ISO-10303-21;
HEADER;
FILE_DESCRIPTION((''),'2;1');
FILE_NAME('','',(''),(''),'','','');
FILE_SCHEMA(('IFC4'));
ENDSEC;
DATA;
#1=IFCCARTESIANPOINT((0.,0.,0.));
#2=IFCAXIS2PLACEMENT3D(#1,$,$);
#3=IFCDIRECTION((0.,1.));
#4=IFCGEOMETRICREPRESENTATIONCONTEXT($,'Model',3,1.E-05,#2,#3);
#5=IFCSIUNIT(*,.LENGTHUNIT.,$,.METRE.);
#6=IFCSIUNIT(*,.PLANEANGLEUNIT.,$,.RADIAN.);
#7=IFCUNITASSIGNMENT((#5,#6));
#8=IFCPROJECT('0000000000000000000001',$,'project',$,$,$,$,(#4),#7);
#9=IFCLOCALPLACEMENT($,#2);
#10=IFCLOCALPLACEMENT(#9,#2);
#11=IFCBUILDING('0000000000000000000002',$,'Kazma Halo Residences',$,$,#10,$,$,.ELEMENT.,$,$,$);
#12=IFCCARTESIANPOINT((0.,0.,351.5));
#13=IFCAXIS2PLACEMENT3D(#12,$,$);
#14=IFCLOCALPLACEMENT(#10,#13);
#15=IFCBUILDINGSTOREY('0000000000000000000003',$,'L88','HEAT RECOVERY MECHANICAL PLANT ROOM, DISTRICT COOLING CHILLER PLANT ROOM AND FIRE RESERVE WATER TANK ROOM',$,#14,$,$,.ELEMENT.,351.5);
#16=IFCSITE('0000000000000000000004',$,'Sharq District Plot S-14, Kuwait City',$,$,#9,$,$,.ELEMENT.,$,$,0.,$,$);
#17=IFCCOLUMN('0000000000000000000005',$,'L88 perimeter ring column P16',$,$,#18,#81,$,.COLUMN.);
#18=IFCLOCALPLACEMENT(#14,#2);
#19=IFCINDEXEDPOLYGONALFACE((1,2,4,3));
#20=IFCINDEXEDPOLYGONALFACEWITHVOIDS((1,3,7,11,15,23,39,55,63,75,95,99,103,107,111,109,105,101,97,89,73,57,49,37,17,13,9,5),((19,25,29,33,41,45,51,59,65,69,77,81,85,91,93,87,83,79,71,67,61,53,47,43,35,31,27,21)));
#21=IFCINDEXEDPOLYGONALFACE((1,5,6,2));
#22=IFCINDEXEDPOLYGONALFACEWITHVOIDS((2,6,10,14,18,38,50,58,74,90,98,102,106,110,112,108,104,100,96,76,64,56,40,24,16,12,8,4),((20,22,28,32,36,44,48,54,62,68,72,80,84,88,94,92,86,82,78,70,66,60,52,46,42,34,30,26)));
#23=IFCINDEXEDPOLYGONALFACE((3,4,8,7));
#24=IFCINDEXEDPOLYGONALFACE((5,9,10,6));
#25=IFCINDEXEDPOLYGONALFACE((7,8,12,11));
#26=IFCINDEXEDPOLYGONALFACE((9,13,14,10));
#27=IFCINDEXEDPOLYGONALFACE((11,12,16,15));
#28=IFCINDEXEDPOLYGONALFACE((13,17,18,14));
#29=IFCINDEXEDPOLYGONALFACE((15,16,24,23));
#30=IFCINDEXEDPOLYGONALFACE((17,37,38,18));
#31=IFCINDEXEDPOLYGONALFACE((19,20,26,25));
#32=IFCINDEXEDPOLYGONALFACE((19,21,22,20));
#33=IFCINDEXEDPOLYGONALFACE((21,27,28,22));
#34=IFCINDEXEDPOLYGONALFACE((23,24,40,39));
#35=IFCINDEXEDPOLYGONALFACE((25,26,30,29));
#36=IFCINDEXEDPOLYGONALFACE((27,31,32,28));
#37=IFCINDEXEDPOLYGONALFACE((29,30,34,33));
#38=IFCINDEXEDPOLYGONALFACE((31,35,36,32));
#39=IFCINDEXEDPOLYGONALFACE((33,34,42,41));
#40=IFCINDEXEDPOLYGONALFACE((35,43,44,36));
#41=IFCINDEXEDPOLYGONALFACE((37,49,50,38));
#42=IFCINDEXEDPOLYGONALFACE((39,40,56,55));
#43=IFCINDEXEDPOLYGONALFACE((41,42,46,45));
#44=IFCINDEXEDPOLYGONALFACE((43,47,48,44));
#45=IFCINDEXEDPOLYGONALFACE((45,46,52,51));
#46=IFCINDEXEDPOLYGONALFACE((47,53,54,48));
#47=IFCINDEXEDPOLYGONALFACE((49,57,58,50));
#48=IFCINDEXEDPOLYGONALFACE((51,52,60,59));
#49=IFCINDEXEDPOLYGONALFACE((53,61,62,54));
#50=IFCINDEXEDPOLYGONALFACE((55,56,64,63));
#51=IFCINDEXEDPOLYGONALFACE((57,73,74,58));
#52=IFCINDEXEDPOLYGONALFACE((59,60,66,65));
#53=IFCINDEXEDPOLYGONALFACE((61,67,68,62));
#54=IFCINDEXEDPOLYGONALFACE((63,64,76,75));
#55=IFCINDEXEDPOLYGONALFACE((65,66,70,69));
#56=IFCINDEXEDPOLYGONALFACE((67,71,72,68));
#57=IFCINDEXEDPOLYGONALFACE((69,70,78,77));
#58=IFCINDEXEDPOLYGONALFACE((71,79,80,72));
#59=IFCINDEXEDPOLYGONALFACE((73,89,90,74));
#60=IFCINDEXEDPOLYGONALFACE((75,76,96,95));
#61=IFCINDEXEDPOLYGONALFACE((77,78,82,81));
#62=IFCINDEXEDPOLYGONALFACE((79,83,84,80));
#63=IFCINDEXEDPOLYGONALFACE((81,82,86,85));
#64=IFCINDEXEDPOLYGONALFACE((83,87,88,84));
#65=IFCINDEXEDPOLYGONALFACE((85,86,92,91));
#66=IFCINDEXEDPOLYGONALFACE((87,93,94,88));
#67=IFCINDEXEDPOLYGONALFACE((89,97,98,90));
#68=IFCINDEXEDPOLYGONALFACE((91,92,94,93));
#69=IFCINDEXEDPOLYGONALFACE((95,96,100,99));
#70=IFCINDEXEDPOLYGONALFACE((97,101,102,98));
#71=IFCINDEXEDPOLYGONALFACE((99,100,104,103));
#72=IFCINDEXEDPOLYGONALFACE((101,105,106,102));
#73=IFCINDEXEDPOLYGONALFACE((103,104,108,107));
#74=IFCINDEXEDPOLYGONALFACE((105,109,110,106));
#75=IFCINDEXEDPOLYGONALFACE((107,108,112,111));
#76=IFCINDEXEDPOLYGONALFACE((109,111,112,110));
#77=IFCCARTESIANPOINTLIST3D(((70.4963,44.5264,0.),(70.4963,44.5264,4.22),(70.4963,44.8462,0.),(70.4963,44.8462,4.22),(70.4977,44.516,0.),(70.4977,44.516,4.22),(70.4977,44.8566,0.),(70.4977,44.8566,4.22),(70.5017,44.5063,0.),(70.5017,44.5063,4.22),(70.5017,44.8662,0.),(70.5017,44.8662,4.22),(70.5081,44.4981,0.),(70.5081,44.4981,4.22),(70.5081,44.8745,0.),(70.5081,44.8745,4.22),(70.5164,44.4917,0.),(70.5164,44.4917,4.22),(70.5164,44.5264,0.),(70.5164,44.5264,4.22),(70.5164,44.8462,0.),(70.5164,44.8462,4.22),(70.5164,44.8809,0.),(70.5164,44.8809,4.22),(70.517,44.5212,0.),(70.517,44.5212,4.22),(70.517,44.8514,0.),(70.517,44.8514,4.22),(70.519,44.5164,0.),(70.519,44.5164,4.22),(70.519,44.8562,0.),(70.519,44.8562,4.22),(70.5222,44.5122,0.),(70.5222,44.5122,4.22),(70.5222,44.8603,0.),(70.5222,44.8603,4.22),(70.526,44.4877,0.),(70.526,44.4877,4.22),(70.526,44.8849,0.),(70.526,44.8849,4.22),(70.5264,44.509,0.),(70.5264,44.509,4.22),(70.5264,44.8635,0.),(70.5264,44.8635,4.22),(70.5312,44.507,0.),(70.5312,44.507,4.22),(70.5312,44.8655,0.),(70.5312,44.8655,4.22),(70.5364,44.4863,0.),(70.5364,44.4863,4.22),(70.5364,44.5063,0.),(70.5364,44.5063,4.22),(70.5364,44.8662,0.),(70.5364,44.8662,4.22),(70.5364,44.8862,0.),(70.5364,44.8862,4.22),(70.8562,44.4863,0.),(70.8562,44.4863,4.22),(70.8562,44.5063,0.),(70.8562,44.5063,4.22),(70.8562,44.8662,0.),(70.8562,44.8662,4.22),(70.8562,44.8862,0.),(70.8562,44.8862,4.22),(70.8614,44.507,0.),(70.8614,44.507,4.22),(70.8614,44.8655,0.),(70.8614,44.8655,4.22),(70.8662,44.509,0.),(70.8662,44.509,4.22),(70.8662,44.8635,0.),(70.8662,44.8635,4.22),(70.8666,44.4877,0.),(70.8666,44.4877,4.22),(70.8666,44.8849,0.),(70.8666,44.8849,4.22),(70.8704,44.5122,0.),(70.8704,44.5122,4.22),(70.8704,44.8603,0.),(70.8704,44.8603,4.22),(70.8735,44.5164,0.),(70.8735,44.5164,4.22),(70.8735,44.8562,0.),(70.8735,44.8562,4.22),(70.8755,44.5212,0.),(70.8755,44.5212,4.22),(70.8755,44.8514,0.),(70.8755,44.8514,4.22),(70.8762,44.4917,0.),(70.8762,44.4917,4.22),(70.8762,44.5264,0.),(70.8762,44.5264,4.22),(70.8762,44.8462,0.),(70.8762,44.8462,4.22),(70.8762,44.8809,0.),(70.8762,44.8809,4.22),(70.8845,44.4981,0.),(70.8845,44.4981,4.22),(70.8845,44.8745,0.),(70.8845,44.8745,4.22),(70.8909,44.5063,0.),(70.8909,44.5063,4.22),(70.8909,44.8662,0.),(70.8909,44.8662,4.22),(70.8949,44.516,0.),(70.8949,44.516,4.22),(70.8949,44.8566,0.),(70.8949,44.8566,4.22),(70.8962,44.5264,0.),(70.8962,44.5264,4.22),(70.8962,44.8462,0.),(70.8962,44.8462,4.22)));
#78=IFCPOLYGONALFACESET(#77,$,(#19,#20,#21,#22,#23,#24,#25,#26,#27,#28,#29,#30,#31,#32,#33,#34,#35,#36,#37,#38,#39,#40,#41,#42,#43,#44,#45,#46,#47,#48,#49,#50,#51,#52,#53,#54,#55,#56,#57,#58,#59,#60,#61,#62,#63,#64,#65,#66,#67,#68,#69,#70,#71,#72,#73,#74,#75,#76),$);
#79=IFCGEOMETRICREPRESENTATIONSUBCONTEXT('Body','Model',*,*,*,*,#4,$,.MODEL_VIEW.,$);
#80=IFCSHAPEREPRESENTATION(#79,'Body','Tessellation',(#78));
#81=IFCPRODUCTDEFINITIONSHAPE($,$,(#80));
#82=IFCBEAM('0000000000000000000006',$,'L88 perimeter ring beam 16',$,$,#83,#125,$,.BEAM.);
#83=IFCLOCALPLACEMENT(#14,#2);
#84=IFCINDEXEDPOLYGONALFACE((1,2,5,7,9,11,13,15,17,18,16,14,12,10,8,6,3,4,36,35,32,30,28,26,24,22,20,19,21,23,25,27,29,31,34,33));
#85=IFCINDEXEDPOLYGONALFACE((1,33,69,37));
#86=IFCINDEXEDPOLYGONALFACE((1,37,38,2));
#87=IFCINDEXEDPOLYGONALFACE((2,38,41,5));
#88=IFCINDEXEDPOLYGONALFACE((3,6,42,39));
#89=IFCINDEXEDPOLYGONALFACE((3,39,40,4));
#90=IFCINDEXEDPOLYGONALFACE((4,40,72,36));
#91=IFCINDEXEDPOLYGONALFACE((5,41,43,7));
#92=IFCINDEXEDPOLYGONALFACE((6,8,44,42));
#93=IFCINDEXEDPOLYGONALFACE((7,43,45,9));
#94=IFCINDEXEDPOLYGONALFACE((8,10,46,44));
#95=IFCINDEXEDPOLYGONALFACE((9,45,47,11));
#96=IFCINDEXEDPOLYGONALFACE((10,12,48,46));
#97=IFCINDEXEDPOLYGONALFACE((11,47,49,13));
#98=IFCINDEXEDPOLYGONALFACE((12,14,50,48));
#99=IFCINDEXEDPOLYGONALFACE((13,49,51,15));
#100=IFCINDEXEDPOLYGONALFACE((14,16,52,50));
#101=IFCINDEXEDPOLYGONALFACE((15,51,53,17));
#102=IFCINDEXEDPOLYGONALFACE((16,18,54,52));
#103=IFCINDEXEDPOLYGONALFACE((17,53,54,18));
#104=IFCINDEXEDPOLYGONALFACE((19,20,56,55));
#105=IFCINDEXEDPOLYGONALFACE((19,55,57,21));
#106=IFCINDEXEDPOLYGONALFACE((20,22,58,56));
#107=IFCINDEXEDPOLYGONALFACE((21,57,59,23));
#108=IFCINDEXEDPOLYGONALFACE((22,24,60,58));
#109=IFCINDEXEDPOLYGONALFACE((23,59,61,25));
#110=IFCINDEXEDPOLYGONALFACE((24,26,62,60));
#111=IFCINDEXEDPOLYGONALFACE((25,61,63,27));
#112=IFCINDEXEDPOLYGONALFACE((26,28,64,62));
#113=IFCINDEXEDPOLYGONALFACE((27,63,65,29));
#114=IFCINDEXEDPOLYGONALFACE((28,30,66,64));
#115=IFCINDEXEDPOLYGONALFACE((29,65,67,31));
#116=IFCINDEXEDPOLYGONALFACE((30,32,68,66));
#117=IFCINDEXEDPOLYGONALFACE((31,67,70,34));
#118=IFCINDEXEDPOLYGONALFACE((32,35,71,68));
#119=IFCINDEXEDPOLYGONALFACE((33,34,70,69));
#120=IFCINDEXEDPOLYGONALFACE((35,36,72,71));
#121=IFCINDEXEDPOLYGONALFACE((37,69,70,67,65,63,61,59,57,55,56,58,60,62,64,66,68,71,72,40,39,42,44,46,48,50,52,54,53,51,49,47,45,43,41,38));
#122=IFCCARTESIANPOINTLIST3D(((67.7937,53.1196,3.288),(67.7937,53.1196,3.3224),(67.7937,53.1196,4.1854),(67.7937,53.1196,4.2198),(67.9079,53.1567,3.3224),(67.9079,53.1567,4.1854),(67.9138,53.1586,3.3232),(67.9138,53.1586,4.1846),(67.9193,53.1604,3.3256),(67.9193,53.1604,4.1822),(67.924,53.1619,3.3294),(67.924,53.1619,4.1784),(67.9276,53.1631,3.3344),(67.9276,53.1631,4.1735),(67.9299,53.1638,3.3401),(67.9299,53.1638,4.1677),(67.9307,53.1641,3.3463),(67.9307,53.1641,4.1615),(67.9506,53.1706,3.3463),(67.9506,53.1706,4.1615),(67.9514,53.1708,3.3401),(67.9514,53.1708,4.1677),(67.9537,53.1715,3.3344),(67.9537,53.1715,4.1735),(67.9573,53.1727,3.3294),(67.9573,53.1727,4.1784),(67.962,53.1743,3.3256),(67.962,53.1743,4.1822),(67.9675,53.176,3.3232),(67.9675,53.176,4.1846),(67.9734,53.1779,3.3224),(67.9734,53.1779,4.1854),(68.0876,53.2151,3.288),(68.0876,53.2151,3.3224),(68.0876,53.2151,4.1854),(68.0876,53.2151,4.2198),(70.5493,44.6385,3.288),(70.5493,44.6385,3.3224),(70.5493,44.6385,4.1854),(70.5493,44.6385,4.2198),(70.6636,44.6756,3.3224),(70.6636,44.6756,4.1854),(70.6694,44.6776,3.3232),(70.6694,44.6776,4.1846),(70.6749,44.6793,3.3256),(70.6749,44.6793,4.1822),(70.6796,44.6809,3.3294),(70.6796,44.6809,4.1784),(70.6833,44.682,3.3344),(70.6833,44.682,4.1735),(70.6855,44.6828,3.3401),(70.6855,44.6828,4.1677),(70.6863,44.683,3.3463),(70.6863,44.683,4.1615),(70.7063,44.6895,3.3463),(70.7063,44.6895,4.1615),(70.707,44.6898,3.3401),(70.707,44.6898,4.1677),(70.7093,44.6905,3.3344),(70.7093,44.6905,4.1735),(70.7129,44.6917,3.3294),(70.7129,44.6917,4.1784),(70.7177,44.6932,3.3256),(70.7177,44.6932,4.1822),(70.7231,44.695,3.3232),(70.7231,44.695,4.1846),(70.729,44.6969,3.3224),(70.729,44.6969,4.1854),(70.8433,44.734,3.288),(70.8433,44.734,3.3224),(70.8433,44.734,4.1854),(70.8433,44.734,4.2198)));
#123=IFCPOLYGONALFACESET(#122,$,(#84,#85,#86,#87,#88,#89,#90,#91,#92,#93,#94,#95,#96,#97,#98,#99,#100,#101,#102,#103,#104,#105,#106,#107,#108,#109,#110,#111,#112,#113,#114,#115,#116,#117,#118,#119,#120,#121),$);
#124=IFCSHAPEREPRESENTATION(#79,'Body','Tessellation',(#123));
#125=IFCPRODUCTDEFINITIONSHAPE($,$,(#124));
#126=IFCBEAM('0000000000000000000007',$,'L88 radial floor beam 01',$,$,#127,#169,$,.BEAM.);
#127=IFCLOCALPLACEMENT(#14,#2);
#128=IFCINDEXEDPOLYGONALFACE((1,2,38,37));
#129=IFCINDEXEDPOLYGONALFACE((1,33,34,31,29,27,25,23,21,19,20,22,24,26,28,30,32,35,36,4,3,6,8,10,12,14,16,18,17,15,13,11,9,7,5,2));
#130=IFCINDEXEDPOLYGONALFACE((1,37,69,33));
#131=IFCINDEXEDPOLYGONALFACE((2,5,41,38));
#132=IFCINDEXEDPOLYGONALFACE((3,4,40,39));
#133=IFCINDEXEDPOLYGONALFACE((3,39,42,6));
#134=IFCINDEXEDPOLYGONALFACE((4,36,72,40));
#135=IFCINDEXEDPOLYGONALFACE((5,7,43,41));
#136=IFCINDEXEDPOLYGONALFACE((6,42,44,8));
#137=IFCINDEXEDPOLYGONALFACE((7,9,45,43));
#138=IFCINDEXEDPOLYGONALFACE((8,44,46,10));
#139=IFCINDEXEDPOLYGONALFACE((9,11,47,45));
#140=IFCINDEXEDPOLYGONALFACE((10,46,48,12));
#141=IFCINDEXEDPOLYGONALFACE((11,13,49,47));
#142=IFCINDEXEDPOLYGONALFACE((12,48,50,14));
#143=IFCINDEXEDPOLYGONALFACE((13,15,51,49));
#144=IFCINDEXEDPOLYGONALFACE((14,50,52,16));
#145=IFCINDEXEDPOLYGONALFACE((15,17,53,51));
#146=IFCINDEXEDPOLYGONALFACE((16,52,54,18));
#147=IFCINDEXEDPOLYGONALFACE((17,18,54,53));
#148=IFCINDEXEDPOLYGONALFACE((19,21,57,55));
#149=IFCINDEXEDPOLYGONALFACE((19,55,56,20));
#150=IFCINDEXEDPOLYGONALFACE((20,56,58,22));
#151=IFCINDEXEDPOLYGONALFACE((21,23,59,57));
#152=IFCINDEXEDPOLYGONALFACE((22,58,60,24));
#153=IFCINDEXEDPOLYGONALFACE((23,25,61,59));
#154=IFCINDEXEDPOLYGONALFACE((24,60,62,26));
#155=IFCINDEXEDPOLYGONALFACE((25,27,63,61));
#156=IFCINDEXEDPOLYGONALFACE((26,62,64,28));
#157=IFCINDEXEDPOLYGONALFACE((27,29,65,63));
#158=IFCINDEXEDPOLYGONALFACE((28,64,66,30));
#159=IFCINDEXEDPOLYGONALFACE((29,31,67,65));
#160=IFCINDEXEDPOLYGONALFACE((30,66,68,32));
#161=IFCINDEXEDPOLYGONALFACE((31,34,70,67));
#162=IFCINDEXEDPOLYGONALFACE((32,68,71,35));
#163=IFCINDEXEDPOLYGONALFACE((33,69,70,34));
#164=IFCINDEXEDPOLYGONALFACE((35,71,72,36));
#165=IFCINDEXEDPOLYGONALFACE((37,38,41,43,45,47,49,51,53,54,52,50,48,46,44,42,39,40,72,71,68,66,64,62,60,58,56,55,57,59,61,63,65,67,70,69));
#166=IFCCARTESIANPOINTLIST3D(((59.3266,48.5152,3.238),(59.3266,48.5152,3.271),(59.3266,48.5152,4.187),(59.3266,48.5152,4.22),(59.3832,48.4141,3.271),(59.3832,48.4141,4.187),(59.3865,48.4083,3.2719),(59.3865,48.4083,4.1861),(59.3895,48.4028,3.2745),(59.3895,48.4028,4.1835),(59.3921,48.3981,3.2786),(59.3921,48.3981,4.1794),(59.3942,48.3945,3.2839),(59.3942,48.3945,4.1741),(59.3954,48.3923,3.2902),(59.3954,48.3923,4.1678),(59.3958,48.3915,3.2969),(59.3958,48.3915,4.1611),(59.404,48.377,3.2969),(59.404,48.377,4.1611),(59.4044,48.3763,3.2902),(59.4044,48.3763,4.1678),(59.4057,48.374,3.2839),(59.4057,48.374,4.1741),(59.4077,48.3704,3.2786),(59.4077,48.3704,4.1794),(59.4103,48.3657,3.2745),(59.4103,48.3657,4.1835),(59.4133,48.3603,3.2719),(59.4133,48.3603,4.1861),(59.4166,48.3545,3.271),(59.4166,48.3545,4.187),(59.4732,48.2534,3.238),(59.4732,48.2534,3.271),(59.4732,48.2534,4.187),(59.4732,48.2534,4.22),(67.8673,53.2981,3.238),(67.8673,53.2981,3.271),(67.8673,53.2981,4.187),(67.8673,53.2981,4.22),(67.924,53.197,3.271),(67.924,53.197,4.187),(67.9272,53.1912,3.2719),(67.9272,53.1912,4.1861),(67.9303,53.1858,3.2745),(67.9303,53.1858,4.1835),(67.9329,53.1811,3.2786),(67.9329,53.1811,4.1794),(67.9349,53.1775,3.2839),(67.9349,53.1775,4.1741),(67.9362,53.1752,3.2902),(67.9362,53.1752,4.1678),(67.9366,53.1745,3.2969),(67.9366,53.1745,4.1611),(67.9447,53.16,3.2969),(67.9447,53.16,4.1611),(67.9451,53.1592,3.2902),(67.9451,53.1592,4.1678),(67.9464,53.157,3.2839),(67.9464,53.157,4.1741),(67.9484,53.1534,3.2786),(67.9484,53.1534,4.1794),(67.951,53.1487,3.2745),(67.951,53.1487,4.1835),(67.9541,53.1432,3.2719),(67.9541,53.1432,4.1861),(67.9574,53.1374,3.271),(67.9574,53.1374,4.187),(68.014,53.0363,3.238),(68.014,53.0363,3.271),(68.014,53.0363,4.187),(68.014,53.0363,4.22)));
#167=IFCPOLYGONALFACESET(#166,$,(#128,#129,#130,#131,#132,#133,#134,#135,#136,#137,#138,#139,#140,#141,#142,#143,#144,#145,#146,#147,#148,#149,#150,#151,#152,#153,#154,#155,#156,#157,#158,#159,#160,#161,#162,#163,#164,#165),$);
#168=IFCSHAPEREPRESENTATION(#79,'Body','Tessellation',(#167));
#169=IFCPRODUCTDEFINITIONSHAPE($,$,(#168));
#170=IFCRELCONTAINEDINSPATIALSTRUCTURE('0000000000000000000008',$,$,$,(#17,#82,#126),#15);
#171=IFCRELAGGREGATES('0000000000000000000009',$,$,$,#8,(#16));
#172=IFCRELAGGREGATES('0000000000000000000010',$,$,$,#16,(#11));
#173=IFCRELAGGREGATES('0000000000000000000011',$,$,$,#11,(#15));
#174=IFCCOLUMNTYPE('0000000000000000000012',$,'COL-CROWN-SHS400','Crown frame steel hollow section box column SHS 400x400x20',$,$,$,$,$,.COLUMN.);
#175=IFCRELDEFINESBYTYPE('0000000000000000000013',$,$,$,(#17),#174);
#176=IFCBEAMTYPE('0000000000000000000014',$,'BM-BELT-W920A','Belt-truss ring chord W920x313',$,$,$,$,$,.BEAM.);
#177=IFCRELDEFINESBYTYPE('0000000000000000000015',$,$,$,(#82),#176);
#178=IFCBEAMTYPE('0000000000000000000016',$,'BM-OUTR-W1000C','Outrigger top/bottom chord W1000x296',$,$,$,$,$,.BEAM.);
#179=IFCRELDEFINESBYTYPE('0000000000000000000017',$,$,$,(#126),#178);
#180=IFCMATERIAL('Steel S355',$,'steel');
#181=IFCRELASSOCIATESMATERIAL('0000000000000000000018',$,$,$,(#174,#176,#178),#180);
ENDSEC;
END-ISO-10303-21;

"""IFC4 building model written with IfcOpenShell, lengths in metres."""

from ifc_helpers import new_model, si_unit, direction, frame, origin, origin_2d, place, context, subcontext, project, spatial, hollow_rectangle, i_section, extrude, material, material_profile, profile_set, type_object, element, save


model = new_model("IFC4")

# Units and contexts
model_context = context("Model", 3, precision=1e-05, world=origin(), true_north=direction((0.0, 1.0)))
body_context = subcontext(model_context, "Body", "Model", "MODEL_VIEW")
ifc_project = project(units=[si_unit("LENGTHUNIT", "METRE"), si_unit("PLANEANGLEUNIT", "RADIAN")], contexts=[model_context])

# Site, building, storey
site_placement = place(None, origin())
site = spatial("IfcSite", under=ifc_project, at=site_placement, Name="Sharq District Plot S-14, Kuwait City", CompositionType="ELEMENT", RefElevation=0.0)
building_placement = place(site_placement, origin())
building = spatial("IfcBuilding", under=site, at=building_placement, Name="Kazma Halo Residences", CompositionType="ELEMENT")
storey_placement = place(building_placement, frame((0.0, 0.0, 351.5)))
storey = spatial("IfcBuildingStorey", under=building, at=storey_placement, Name="L88", Description="HEAT RECOVERY MECHANICAL PLANT ROOM, DISTRICT COOLING CHILLER PLANT ROOM AND FIRE RESERVE WATER TANK ROOM", CompositionType="ELEMENT", Elevation=351.5)

# Column
ifc_material_1 = material(Name="Steel S355", Category="steel")
ifc_material_profile_1 = material_profile(ifc_material_1, hollow_rectangle(XDim=0.3999, YDim=0.3999, WallThickness=0.02, InnerFilletRadius=0.02, OuterFilletRadius=0.04, at=origin_2d()), Name="SHS400x400x20")
ifc_profile_set_1 = profile_set([ifc_material_profile_1], Name="Steel S355")
column_type = type_object("IfcColumnType", Name="COL-CROWN-SHS400", Description="Crown frame steel hollow section box column SHS 400x400x20", PredefinedType="COLUMN", material=ifc_profile_set_1)
column_placement = place(storey_placement, frame((70.6963, 44.6863, 0.0), z_axis=(0.0, 0.0, 1.0), x_axis=(1.0, 0.0, 0.0)))
element("IfcColumn", 1, at=column_placement, inside=storey, type_object=column_type, Name="L88 perimeter ring column P16", PredefinedType="COLUMN", context=body_context, shape_type="SweptSolid", body=[
    extrude(hollow_rectangle(XDim=0.3999, YDim=0.3999, WallThickness=0.02, InnerFilletRadius=0.02, OuterFilletRadius=0.04, at=origin_2d()), origin(), (0.0, 0.0, 1.0), 4.22),
])

# Beams
ifc_material_profile_2 = material_profile(ifc_material_1, i_section(OverallWidth=0.3091, OverallDepth=0.9319, WebThickness=0.021, FlangeThickness=0.0344, FilletRadius=0.0239, at=origin_2d()), Name="W920x313")
ifc_profile_set_2 = profile_set([ifc_material_profile_2], Name="Steel S355")
beam_type_1 = type_object("IfcBeamType", Name="BM-BELT-W920A", Description="Belt-truss ring chord W920x313", PredefinedType="BEAM", material=ifc_profile_set_2)
beam_1_placement = place(storey_placement, frame((70.6963, 44.6863, 3.7539), z_axis=(-0.309015, 0.951057, 0.0), x_axis=(-0.951057, -0.309015, 0.0)))
element("IfcBeam", 2, at=beam_1_placement, inside=storey, type_object=beam_type_1, Name="L88 perimeter ring beam 16", PredefinedType="BEAM", context=body_context, shape_type="SweptSolid", body=[
    extrude(i_section(OverallWidth=0.3091, OverallDepth=0.9319, WebThickness=0.021, FlangeThickness=0.0344, FilletRadius=0.0239, at=origin_2d()), origin(), (0.0, 0.0, 1.0), 8.9175),
])
ifc_material_profile_3 = material_profile(ifc_material_1, i_section(OverallWidth=0.3, OverallDepth=0.9819, WebThickness=0.0166, FlangeThickness=0.033, FilletRadius=0.0259, at=origin_2d()), Name="W1000x296")
ifc_profile_set_3 = profile_set([ifc_material_profile_3], Name="Steel S355")
beam_type_2 = type_object("IfcBeamType", Name="BM-OUTR-W1000C", Description="Outrigger top/bottom chord W1000x296", PredefinedType="BEAM", material=ifc_profile_set_3)
beam_2_placement = place(storey_placement, frame((59.3999, 48.3843, 3.729), z_axis=(0.8725, 0.488613, 0.0), x_axis=(-0.488613, 0.8725, 0.0)))
element("IfcBeam", 3, at=beam_2_placement, inside=storey, type_object=beam_type_2, Name="L88 radial floor beam 01", PredefinedType="BEAM", context=body_context, shape_type="SweptSolid", body=[
    extrude(i_section(OverallWidth=0.3, OverallDepth=0.9819, WebThickness=0.0166, FlangeThickness=0.033, FilletRadius=0.0259, at=origin_2d()), origin(), (0.0, 0.0, 1.0), 9.7888),
])

save(model, "model.ifc")
